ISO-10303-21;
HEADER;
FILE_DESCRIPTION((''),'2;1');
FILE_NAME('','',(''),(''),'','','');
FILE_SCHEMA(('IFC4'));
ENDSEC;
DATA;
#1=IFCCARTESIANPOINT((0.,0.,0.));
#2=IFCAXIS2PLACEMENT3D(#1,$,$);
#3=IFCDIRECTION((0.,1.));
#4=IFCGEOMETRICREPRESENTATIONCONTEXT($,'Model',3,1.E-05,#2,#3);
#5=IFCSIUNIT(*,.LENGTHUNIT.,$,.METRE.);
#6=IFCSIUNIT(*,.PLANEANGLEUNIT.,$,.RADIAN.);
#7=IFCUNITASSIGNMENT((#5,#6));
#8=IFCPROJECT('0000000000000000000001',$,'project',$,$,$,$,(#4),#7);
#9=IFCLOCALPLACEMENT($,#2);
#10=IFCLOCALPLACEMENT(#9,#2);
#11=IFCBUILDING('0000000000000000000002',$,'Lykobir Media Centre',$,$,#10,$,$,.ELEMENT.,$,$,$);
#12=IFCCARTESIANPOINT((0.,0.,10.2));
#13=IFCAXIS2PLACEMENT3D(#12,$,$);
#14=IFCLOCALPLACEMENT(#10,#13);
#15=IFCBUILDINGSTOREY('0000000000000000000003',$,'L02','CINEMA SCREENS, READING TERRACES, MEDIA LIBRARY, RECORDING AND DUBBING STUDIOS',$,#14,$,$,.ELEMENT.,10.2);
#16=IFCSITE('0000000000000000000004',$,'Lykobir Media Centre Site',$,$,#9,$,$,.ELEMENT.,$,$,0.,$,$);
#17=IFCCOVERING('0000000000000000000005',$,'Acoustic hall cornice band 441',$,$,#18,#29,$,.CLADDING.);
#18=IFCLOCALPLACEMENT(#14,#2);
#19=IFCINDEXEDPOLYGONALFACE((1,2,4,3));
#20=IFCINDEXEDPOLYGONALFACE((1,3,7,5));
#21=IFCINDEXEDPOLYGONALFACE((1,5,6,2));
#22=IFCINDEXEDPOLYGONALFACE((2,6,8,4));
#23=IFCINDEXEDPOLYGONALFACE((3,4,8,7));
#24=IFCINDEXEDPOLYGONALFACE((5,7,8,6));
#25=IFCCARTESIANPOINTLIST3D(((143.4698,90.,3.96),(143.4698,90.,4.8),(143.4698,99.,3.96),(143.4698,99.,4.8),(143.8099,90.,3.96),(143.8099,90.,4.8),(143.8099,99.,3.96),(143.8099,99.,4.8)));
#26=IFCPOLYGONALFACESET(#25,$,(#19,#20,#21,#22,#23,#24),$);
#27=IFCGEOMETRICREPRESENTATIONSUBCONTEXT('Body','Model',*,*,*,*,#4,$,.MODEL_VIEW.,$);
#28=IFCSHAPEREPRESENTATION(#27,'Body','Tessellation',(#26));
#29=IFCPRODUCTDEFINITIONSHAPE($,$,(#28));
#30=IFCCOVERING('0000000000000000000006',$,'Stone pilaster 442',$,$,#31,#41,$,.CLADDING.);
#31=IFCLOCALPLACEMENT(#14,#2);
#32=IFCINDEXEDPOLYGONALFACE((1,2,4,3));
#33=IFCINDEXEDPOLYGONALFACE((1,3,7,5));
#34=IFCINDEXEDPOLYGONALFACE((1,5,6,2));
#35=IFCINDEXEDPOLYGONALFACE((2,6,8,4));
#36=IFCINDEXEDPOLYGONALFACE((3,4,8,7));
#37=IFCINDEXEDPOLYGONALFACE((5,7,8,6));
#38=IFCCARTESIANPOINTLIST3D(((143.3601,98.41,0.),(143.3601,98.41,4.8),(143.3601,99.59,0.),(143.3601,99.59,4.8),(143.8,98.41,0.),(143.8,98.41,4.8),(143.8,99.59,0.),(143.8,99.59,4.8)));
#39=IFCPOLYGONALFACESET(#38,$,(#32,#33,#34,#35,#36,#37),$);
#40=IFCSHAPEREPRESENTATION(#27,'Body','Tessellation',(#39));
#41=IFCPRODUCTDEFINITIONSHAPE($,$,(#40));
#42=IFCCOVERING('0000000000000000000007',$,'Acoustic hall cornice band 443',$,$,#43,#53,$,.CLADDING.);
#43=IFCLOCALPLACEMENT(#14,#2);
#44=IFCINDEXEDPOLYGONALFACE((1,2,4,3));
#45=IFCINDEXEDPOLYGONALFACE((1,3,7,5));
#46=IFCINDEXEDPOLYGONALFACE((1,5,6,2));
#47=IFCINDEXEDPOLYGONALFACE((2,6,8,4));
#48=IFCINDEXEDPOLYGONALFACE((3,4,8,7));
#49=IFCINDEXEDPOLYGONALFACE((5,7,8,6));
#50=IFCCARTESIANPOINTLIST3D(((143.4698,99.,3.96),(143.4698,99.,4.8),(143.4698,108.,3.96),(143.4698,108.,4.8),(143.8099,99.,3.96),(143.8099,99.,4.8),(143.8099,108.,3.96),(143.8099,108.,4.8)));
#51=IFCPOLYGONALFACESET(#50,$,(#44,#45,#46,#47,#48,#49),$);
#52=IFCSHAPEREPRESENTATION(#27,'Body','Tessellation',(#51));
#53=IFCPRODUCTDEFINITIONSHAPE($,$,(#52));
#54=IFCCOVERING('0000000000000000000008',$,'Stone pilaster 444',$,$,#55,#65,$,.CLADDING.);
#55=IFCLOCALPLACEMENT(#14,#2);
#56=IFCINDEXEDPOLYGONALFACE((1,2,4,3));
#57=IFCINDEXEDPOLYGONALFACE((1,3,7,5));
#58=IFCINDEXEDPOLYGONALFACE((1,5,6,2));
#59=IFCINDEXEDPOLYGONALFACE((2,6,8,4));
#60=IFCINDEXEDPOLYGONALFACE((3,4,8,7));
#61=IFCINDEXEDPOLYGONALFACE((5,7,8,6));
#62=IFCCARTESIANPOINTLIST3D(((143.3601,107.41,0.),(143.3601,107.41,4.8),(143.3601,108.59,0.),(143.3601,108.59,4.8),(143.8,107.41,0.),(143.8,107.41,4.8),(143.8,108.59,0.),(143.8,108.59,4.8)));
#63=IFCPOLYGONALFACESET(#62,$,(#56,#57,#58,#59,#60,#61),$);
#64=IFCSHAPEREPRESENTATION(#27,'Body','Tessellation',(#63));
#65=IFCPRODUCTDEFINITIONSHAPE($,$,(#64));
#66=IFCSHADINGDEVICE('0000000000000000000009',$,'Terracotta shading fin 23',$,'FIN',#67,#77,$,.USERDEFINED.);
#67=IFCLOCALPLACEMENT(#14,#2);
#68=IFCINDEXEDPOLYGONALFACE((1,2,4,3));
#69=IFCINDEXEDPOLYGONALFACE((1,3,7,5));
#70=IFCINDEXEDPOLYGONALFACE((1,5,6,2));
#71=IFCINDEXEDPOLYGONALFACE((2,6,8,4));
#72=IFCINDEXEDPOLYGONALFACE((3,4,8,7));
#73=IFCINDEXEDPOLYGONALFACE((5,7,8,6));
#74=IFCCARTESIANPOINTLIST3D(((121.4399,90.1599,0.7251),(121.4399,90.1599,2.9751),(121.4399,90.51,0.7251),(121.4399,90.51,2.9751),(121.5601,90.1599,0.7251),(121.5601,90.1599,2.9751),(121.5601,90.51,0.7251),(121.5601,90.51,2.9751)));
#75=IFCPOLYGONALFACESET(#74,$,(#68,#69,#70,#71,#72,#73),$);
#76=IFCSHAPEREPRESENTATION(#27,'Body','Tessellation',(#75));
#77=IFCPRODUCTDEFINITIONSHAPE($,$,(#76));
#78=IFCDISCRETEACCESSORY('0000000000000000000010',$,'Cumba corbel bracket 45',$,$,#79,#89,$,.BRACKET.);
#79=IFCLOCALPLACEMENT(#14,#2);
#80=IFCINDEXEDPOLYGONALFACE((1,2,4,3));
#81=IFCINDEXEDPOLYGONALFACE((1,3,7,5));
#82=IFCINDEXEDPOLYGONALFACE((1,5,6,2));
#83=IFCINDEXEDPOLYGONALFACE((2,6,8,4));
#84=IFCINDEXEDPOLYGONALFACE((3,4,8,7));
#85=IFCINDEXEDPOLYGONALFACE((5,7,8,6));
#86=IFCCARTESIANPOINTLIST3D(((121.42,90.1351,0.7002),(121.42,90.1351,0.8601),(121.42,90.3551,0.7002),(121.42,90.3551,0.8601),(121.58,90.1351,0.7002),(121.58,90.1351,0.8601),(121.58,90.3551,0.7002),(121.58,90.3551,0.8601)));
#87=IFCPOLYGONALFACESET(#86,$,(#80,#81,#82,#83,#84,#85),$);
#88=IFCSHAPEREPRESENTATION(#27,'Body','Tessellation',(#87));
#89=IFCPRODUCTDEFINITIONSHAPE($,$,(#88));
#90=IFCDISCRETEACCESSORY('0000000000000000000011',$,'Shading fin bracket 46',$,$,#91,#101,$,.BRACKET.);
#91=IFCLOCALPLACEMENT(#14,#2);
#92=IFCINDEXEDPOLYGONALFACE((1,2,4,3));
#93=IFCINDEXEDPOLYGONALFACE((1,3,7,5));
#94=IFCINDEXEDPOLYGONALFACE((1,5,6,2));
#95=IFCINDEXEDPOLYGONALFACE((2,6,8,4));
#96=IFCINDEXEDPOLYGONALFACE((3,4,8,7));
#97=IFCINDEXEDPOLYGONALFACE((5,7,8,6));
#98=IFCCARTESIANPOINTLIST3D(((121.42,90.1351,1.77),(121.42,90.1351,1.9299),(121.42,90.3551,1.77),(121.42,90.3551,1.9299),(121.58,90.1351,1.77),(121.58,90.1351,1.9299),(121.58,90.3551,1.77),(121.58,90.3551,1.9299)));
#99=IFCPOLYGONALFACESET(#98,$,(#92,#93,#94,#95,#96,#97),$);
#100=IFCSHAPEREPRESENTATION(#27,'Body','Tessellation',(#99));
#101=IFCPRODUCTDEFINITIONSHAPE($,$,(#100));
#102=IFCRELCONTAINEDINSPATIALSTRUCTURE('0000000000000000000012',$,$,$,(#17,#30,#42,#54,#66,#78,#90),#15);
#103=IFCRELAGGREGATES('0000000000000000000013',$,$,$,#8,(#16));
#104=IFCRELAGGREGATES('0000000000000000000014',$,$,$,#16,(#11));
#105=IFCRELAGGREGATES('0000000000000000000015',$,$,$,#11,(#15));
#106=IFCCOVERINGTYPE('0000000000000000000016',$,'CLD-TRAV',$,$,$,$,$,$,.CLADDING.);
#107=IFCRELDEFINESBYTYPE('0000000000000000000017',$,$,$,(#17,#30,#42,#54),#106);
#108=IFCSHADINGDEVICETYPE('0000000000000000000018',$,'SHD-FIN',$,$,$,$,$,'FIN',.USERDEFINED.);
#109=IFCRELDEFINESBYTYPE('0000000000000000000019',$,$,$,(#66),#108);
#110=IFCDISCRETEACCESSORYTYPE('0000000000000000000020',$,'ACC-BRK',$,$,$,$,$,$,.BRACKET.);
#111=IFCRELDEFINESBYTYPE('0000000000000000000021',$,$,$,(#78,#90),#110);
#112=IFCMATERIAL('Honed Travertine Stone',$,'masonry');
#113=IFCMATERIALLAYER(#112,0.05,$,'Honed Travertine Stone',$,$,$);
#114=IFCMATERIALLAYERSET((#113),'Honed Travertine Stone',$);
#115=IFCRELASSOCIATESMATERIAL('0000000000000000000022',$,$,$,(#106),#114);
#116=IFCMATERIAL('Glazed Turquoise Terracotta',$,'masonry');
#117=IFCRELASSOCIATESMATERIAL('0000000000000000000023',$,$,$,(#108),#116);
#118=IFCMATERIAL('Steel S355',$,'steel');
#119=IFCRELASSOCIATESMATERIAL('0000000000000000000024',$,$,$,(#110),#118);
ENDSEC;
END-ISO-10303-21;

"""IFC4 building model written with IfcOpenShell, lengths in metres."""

from ifc_helpers import new_model, si_unit, direction, frame, origin, origin_2d, place, context, subcontext, project, spatial, rectangle, extrude, material, layer, layer_set, type_object, element, save


model = new_model("IFC4")

# Units and contexts
model_context = context("Model", 3, precision=1e-05, world=origin(), true_north=direction((0.0, 1.0)))
body_context = subcontext(model_context, "Body", "Model", "MODEL_VIEW")
ifc_project = project(units=[si_unit("LENGTHUNIT", "METRE"), si_unit("PLANEANGLEUNIT", "RADIAN")], contexts=[model_context])

# Site, building, storey
site_placement = place(None, origin())
site = spatial("IfcSite", under=ifc_project, at=site_placement, Name="Lykobir Media Centre Site", CompositionType="ELEMENT", RefElevation=0.0)
building_placement = place(site_placement, origin())
building = spatial("IfcBuilding", under=site, at=building_placement, Name="Lykobir Media Centre", CompositionType="ELEMENT")
storey_placement = place(building_placement, frame((0.0, 0.0, 10.2)))
storey = spatial("IfcBuildingStorey", under=building, at=storey_placement, Name="L02", Description="CINEMA SCREENS, READING TERRACES, MEDIA LIBRARY, RECORDING AND DUBBING STUDIOS", CompositionType="ELEMENT", Elevation=10.2)

# Shared definitions
ifc_material_1 = material(Name="Steel S355", Category="steel")

# Coverings
ifc_material_2 = material(Name="Glazed Turquoise Terracotta", Category="masonry")
ifc_material_3 = material(Name="Honed Travertine Stone", Category="masonry")
ifc_layer_1 = layer(ifc_material_3, 0.05, Name="Honed Travertine Stone")
ifc_layer_set_1 = layer_set([ifc_layer_1], Name="Honed Travertine Stone")
covering_type_1 = type_object("IfcCoveringType", Name="CLD-TRAV", PredefinedType="CLADDING", material=ifc_layer_set_1)
covering_1_placement = place(storey_placement, frame((143.6399, 94.5, 3.96), z_axis=(0.0, 0.0, 1.0), x_axis=(0.0, -1.0, 0.0)))
element("IfcCovering", 1, at=covering_1_placement, inside=storey, type_object=covering_type_1, Name="Acoustic hall cornice band 441", PredefinedType="CLADDING", context=body_context, shape_type="SweptSolid", body=[
    extrude(rectangle(XDim=9.0, YDim=0.3401, at=origin_2d()), origin(), (0.0, 0.0, 1.0), 0.8401),
])
covering_2_placement = place(storey_placement, frame((143.5801, 99.0, 0.0), z_axis=(0.0, 0.0, 1.0), x_axis=(0.0, -1.0, 0.0)))
element("IfcCovering", 2, at=covering_2_placement, inside=storey, type_object=covering_type_1, Name="Stone pilaster 442", PredefinedType="CLADDING", context=body_context, shape_type="SweptSolid", body=[
    extrude(rectangle(XDim=1.1799, YDim=0.4399, at=origin_2d()), origin(), (0.0, 0.0, 1.0), 4.8),
])
covering_3_placement = place(storey_placement, frame((143.6399, 103.5, 3.96), z_axis=(0.0, 0.0, 1.0), x_axis=(0.0, -1.0, 0.0)))
element("IfcCovering", 3, at=covering_3_placement, inside=storey, type_object=covering_type_1, Name="Acoustic hall cornice band 443", PredefinedType="CLADDING", context=body_context, shape_type="SweptSolid", body=[
    extrude(rectangle(XDim=9.0, YDim=0.3401, at=origin_2d()), origin(), (0.0, 0.0, 1.0), 0.8401),
])
covering_4_placement = place(storey_placement, frame((143.5801, 108.0, 0.0), z_axis=(0.0, 0.0, 1.0), x_axis=(0.0, -1.0, 0.0)))
element("IfcCovering", 4, at=covering_4_placement, inside=storey, type_object=covering_type_1, Name="Stone pilaster 444", PredefinedType="CLADDING", context=body_context, shape_type="SweptSolid", body=[
    extrude(rectangle(XDim=1.1799, YDim=0.4399, at=origin_2d()), origin(), (0.0, 0.0, 1.0), 4.8),
])

# Shading device
shading_device_type = type_object("IfcShadingDeviceType", Name="SHD-FIN", ElementType="FIN", PredefinedType="USERDEFINED", material=ifc_material_2)
shading_device_placement = place(storey_placement, frame((121.5, 90.335, 0.7251), z_axis=(0.0, 0.0, 1.0), x_axis=(-1.0, 0.0, 0.0)))
element("IfcShadingDevice", 5, at=shading_device_placement, inside=storey, type_object=shading_device_type, Name="Terracotta shading fin 23", ObjectType="FIN", PredefinedType="USERDEFINED", context=body_context, shape_type="SweptSolid", body=[
    extrude(rectangle(XDim=0.1201, YDim=0.3501, at=origin_2d()), origin(), (0.0, 0.0, 1.0), 2.25),
])

# Discrete accessories
discrete_accessory_type = type_object("IfcDiscreteAccessoryType", Name="ACC-BRK", PredefinedType="BRACKET", material=ifc_material_1)
for number, where, z_axis, x_axis, name in (
    (6, (121.5, 90.2451, 0.7002), (0.0, 0.0, 1.0), (-1.0, 0.0, 0.0), "Cumba corbel bracket 45"),
    (7, (121.5, 90.2451, 1.77), (0.0, 0.0, 1.0), (-1.0, 0.0, 0.0), "Shading fin bracket 46"),
):
    element("IfcDiscreteAccessory", number, at=place(storey_placement, frame(where, z_axis=z_axis, x_axis=x_axis)), inside=storey, type_object=discrete_accessory_type, Name=name, PredefinedType="BRACKET", context=body_context, shape_type="SweptSolid", body=[
        extrude(rectangle(XDim=0.1599, YDim=0.22, at=origin_2d()), origin(), (0.0, 0.0, 1.0), 0.1599),
    ])

save(model, "model.ifc")
